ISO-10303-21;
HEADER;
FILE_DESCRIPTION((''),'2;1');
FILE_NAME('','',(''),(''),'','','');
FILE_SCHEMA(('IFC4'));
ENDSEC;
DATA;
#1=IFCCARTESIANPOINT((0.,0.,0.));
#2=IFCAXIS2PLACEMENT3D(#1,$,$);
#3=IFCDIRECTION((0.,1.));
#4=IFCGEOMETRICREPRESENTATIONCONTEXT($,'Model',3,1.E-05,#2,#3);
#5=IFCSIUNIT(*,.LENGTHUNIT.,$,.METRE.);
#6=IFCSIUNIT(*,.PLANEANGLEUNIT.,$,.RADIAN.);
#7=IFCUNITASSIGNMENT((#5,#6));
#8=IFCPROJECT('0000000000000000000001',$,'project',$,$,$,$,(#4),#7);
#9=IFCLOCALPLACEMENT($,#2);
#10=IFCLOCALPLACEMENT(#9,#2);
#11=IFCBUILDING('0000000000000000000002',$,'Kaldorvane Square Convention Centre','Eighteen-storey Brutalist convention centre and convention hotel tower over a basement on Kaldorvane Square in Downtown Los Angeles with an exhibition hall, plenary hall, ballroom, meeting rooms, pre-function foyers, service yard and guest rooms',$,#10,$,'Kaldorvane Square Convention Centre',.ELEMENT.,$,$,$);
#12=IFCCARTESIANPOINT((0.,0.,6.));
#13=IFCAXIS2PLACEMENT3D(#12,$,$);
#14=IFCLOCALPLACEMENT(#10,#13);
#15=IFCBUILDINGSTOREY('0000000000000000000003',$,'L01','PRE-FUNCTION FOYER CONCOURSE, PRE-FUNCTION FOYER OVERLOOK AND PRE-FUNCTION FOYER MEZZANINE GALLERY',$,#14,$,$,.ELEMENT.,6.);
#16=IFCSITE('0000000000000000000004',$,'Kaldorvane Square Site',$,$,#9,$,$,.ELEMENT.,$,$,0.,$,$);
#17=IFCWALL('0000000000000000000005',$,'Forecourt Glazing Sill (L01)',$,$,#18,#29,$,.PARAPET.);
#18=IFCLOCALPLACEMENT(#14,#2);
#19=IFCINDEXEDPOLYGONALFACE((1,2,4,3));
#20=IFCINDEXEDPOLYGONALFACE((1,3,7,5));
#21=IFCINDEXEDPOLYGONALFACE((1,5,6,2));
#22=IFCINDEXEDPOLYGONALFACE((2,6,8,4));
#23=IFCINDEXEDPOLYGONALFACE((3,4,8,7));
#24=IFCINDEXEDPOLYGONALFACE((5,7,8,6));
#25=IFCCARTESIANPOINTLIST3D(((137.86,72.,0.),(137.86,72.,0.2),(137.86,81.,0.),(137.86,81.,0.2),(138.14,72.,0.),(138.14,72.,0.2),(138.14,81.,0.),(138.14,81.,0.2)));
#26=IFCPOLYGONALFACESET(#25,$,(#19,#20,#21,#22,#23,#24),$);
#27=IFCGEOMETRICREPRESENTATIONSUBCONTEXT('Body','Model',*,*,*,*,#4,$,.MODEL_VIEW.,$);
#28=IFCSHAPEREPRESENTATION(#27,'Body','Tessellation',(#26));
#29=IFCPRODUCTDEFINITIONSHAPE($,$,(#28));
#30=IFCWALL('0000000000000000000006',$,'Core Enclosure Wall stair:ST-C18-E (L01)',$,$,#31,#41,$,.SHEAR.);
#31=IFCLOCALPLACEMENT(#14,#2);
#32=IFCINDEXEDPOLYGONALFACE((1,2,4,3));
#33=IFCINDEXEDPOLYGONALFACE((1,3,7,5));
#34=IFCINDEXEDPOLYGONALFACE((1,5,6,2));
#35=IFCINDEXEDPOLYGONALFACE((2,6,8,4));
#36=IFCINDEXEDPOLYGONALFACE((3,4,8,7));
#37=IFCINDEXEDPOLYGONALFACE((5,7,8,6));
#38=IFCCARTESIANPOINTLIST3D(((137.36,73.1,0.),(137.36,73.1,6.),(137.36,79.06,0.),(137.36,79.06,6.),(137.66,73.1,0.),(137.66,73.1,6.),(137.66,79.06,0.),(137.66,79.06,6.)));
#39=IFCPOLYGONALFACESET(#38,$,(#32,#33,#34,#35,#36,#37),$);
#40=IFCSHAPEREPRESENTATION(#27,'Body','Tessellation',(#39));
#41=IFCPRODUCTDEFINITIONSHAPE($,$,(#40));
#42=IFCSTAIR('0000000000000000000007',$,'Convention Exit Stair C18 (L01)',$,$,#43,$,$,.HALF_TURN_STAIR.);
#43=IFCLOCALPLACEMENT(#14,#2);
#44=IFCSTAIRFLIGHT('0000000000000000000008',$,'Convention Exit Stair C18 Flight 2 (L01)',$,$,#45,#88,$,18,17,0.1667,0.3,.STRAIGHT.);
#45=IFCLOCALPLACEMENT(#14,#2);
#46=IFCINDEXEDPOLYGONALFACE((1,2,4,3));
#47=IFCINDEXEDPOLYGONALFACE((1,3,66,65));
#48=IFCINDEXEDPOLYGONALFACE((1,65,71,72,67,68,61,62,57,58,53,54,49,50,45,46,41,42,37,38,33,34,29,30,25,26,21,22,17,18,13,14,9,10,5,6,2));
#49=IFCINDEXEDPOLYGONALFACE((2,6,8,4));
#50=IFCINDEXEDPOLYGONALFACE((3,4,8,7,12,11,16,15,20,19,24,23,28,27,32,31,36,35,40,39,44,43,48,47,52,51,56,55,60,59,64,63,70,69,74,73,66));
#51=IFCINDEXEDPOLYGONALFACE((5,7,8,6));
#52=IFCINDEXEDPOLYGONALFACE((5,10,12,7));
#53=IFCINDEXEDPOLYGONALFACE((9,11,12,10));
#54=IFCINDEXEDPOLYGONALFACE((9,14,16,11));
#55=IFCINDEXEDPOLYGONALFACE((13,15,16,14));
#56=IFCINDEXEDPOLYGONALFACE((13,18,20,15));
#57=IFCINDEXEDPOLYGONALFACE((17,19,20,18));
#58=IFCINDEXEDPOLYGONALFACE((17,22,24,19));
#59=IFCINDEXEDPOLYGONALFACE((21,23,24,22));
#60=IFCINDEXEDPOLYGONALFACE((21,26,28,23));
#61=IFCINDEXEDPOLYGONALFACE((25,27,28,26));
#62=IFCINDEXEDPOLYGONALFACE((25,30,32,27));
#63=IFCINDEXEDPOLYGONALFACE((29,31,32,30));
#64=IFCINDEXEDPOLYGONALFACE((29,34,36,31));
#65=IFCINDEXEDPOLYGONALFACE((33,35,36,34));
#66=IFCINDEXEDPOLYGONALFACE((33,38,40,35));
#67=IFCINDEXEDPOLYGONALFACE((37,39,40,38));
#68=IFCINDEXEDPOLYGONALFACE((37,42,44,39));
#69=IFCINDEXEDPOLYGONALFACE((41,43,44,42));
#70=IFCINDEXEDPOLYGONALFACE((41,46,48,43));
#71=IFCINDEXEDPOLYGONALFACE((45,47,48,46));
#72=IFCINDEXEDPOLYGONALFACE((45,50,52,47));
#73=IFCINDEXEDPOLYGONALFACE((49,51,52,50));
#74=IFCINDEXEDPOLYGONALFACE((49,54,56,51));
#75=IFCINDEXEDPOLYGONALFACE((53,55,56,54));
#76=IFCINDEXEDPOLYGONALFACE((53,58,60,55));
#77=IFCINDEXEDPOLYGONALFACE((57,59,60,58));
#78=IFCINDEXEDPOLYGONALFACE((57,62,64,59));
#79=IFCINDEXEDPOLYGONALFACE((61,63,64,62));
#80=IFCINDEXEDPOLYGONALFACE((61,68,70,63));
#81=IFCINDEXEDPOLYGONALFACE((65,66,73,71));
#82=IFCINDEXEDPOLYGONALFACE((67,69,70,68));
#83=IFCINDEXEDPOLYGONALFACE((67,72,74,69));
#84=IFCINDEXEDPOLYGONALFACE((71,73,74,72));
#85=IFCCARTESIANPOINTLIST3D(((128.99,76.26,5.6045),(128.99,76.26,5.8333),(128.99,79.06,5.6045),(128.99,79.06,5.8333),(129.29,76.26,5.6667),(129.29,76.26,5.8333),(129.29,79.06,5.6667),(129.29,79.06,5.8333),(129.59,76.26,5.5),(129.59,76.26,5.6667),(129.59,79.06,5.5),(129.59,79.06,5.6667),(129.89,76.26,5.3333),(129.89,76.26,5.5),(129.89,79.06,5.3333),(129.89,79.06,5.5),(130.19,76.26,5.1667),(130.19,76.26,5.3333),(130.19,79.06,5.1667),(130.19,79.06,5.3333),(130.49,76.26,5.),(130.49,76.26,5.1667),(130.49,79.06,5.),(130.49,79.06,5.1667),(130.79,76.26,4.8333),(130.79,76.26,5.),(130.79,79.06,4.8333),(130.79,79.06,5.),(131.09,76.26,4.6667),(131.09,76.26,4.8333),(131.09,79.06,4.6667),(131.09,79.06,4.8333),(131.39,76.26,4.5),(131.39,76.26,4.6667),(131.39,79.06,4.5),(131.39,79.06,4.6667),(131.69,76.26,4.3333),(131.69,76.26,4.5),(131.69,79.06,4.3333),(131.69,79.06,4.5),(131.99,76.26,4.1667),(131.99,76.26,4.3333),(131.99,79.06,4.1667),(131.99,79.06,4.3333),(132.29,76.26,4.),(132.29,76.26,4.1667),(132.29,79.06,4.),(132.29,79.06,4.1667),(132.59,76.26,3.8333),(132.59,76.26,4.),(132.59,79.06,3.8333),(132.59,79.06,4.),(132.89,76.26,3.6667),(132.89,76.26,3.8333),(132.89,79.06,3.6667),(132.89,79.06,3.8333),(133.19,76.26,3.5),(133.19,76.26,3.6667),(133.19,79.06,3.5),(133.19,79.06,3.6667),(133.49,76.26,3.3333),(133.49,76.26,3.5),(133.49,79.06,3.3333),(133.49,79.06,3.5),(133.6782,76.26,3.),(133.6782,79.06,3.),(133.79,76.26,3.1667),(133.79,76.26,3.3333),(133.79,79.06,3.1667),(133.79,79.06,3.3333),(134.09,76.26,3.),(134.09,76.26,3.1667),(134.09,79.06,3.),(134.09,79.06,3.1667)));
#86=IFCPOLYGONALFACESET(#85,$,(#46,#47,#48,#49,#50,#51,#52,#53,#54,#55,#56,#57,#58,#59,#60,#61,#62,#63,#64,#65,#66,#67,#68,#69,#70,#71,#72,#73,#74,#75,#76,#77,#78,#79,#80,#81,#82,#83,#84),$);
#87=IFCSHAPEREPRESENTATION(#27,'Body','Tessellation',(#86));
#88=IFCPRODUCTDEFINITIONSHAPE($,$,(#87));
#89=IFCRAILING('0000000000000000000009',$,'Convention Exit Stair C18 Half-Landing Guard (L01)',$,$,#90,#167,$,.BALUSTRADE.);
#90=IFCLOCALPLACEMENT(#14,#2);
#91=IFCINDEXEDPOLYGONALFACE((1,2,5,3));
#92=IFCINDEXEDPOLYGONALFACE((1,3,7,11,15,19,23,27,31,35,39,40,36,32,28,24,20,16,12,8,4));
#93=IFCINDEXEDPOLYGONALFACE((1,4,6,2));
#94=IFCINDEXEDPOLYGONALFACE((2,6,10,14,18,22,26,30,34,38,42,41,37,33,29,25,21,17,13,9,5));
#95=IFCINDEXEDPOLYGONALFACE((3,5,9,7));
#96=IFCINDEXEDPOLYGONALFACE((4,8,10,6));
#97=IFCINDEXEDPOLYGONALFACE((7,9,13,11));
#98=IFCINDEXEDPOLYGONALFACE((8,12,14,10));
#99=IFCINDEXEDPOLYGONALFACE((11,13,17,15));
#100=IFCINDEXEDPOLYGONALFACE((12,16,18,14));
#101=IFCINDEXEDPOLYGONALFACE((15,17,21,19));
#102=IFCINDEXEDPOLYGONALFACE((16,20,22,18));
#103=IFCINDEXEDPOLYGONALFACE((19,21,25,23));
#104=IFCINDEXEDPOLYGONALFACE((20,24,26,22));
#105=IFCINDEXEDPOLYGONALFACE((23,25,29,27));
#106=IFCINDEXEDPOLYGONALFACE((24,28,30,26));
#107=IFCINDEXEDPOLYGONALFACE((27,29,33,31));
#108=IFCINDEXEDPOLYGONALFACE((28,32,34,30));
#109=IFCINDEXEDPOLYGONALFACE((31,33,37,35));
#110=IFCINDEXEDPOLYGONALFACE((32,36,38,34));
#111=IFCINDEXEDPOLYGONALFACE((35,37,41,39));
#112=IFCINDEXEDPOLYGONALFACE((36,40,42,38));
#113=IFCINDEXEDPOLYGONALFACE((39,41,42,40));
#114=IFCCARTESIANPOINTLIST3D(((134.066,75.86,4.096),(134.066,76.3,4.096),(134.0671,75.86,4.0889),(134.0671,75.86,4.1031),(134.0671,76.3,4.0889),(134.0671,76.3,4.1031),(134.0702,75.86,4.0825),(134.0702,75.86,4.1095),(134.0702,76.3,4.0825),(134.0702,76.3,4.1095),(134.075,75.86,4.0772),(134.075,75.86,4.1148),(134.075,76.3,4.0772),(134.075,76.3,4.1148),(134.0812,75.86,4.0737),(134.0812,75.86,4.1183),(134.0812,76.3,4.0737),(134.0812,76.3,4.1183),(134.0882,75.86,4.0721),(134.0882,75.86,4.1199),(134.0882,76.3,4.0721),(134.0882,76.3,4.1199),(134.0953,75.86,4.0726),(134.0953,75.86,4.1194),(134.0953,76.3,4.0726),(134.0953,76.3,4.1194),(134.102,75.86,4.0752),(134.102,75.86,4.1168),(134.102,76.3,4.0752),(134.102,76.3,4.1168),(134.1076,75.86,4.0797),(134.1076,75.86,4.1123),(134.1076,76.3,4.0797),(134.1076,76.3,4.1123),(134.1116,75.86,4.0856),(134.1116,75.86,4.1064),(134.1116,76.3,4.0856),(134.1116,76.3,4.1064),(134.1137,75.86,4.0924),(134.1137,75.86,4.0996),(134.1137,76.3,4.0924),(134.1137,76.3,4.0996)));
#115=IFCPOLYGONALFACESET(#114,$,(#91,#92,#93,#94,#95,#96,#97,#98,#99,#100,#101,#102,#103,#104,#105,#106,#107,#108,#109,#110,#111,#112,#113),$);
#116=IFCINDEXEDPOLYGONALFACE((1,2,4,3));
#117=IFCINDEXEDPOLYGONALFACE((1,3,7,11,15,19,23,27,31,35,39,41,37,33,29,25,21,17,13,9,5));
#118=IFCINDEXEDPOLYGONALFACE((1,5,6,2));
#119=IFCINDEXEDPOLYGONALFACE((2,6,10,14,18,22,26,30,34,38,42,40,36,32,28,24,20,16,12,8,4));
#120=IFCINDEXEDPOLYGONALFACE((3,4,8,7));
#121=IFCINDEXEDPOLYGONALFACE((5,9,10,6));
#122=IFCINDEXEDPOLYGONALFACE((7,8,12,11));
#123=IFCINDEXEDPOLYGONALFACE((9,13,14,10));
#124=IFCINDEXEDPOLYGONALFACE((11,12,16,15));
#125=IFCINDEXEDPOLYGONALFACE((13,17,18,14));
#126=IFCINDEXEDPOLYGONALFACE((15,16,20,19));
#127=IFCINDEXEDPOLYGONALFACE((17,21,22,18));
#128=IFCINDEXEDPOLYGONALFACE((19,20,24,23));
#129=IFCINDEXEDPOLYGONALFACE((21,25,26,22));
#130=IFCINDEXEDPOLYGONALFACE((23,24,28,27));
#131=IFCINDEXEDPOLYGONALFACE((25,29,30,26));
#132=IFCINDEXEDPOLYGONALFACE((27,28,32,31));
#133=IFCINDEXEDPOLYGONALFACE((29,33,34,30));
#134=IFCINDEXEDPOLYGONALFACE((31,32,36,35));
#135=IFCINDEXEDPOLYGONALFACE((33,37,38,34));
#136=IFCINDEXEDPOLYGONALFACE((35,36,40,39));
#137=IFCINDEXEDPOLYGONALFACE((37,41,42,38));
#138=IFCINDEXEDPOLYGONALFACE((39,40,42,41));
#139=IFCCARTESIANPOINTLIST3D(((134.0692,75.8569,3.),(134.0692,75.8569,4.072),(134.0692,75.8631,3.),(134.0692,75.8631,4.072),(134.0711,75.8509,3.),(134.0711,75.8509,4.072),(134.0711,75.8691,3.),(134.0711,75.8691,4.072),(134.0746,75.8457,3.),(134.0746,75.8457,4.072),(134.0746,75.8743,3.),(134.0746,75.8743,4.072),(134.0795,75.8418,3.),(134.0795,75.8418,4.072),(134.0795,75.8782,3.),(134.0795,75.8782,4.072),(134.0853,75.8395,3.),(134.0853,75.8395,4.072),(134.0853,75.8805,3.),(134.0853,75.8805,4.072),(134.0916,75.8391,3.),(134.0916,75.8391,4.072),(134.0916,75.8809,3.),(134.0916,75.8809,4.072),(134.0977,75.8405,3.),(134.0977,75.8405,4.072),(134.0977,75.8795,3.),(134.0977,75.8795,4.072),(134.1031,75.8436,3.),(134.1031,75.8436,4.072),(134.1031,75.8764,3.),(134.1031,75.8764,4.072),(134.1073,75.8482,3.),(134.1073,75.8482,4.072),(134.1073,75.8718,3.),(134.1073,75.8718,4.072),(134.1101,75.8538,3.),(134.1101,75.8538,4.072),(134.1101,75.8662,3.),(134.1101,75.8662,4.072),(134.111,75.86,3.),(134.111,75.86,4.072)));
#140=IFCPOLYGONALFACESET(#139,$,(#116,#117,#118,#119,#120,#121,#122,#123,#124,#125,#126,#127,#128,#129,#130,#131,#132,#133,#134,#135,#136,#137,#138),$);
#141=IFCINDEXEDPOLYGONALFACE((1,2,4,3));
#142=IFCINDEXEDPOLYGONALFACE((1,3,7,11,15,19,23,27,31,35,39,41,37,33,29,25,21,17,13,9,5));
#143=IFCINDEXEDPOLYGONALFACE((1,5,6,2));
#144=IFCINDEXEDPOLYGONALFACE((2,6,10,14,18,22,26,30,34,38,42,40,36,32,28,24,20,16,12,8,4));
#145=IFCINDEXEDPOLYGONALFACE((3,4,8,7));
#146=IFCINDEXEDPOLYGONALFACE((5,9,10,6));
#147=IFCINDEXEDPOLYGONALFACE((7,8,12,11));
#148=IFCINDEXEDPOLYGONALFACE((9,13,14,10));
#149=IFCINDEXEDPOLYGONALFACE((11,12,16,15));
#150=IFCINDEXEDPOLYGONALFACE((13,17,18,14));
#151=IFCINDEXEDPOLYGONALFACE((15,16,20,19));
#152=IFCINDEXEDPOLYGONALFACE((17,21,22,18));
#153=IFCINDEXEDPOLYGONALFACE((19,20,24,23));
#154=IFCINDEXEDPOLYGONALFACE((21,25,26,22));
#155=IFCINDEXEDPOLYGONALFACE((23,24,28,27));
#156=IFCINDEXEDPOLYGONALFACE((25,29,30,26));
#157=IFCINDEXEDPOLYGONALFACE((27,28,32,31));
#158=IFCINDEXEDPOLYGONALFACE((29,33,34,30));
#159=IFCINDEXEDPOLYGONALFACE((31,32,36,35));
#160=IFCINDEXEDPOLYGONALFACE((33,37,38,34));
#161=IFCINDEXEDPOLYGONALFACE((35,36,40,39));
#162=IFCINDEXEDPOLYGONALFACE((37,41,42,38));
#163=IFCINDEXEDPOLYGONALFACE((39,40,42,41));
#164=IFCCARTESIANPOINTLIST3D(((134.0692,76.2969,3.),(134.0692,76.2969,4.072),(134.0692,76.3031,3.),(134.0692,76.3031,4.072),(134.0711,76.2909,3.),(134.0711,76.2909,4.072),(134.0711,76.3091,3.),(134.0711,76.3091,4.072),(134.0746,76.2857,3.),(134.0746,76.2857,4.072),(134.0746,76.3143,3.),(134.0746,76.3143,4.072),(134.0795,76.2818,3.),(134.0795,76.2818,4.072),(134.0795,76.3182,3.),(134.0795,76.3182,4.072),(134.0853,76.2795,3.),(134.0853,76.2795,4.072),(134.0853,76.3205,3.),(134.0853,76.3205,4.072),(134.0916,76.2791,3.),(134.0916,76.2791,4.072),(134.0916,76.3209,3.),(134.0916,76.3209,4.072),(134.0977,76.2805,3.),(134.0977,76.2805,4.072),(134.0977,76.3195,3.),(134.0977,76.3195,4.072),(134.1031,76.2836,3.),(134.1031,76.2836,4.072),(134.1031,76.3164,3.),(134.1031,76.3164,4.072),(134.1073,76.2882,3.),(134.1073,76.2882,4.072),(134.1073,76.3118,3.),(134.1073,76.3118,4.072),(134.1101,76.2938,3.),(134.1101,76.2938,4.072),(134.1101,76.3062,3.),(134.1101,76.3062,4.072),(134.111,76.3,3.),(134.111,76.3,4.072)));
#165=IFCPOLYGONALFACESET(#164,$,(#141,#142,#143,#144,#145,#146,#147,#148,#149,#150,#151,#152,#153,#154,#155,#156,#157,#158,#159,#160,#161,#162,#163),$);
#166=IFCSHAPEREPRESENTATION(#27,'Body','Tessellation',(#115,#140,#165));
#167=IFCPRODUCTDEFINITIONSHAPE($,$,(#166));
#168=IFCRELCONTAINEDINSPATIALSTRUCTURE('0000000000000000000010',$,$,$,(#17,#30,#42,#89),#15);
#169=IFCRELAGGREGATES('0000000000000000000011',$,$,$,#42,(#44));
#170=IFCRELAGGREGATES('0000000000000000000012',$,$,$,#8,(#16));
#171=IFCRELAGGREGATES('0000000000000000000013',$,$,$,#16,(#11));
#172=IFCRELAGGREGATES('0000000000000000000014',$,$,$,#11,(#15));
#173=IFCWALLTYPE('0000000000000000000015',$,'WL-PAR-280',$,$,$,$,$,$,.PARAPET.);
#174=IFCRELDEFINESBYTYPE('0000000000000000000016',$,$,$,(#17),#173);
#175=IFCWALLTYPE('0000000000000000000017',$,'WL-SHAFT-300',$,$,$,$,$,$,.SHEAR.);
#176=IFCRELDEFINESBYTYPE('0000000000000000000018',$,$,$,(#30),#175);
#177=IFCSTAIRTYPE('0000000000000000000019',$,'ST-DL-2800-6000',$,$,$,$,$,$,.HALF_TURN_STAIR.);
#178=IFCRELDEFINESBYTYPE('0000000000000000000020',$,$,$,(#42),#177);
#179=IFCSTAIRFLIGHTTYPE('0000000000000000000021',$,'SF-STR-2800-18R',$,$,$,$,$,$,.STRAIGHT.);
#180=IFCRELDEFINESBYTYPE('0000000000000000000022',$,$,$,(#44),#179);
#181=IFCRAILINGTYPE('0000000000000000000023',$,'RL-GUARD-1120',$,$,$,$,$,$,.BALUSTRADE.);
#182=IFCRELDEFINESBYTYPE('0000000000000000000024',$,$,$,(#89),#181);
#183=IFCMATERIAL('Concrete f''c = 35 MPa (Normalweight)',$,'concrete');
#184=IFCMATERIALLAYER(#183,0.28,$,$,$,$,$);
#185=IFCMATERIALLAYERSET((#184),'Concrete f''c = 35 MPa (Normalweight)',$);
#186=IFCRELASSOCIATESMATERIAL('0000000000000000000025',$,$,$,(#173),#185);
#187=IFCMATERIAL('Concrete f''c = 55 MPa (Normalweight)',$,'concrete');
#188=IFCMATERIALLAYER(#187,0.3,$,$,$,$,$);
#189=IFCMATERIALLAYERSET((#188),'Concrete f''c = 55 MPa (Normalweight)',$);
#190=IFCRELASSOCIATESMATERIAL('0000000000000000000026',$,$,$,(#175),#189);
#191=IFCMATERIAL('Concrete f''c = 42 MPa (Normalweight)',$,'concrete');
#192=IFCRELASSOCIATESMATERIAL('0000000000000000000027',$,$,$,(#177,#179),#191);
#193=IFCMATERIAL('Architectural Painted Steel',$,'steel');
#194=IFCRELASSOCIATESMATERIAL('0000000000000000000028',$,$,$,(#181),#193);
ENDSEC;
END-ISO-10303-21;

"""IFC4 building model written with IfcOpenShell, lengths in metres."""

from ifc_helpers import new_model, si_unit, direction, frame, frame_2d, origin, origin_2d, place, context, subcontext, project, spatial, polyline, rectangle, circle, outline, extrude, material, layer, layer_set, type_object, element, aggregate, save


model = new_model("IFC4")

# Units and contexts
model_context = context("Model", 3, precision=1e-05, world=origin(), true_north=direction((0.0, 1.0)))
body_context = subcontext(model_context, "Body", "Model", "MODEL_VIEW")
ifc_project = project(units=[si_unit("LENGTHUNIT", "METRE"), si_unit("PLANEANGLEUNIT", "RADIAN")], contexts=[model_context])

# Site, building, storey
site_placement = place(None, origin())
site = spatial("IfcSite", under=ifc_project, at=site_placement, Name="Kaldorvane Square Site", CompositionType="ELEMENT", RefElevation=0.0)
building_placement = place(site_placement, origin())
building = spatial("IfcBuilding", under=site, at=building_placement, Name="Kaldorvane Square Convention Centre", Description="Eighteen-storey Brutalist convention centre and convention hotel tower over a basement on Kaldorvane Square in Downtown Los Angeles with an exhibition hall, plenary hall, ballroom, meeting rooms, pre-function foyers, service yard and guest rooms", LongName="Kaldorvane Square Convention Centre", CompositionType="ELEMENT")
storey_placement = place(building_placement, frame((0.0, 0.0, 6.0)))
storey = spatial("IfcBuildingStorey", under=building, at=storey_placement, Name="L01", Description="PRE-FUNCTION FOYER CONCOURSE, PRE-FUNCTION FOYER OVERLOOK AND PRE-FUNCTION FOYER MEZZANINE GALLERY", CompositionType="ELEMENT", Elevation=6.0)

# Walls
ifc_material_1 = material(Name="Concrete f'c = 35 MPa (Normalweight)", Category="concrete")
ifc_layer_1 = layer(ifc_material_1, 0.28)
ifc_layer_set_1 = layer_set([ifc_layer_1], Name="Concrete f'c = 35 MPa (Normalweight)")
wall_type_1 = type_object("IfcWallType", Name="WL-PAR-280", PredefinedType="PARAPET", material=ifc_layer_set_1)
wall_1_placement = place(storey_placement, frame((138.0, 72.0, 0.0), z_axis=(0.0, 0.0, 1.0), x_axis=(0.0, 1.0, 0.0)))
element("IfcWall", 1, at=wall_1_placement, inside=storey, type_object=wall_type_1, Name="Forecourt Glazing Sill (L01)", PredefinedType="PARAPET", context=body_context, shape_type="SweptSolid", body=[
    extrude(rectangle(XDim=9.0, YDim=0.28, at=frame_2d((4.5, 0.0))), origin(), (0.0, 0.0, 1.0), 0.2),
])
ifc_material_2 = material(Name="Concrete f'c = 55 MPa (Normalweight)", Category="concrete")
ifc_layer_2 = layer(ifc_material_2, 0.3)
ifc_layer_set_2 = layer_set([ifc_layer_2], Name="Concrete f'c = 55 MPa (Normalweight)")
wall_type_2 = type_object("IfcWallType", Name="WL-SHAFT-300", PredefinedType="SHEAR", material=ifc_layer_set_2)
wall_2_placement = place(storey_placement, frame((137.51, 73.1, 0.0), z_axis=(0.0, 0.0, 1.0), x_axis=(0.0, 1.0, 0.0)))
element("IfcWall", 2, at=wall_2_placement, inside=storey, type_object=wall_type_2, Name="Core Enclosure Wall stair:ST-C18-E (L01)", PredefinedType="SHEAR", context=body_context, shape_type="SweptSolid", body=[
    extrude(rectangle(XDim=5.96, YDim=0.3, at=frame_2d((2.98, 0.0))), origin(), (0.0, 0.0, 1.0), 6.0),
])

# Stair, stair flight
ifc_material_3 = material(Name="Concrete f'c = 42 MPa (Normalweight)", Category="concrete")
stair_type = type_object("IfcStairType", Name="ST-DL-2800-6000", PredefinedType="HALF_TURN_STAIR", material=ifc_material_3)
stair_placement = place(storey_placement, origin())
stair = element("IfcStair", 3, at=stair_placement, inside=storey, type_object=stair_type, Name="Convention Exit Stair C18 (L01)", PredefinedType="HALF_TURN_STAIR")
stair_flight_type = type_object("IfcStairFlightType", Name="SF-STR-2800-18R", PredefinedType="STRAIGHT", material=ifc_material_3)
stair_flight_placement = place(storey_placement, frame((134.09, 77.66, 3.0), z_axis=(0.0, 0.0, 1.0), x_axis=(-1.0, 0.0, 0.0)))
stair_flight = element("IfcStairFlight", 4, at=stair_flight_placement, type_object=stair_flight_type, Name="Convention Exit Stair C18 Flight 2 (L01)", NumberOfRisers=18, NumberOfTreads=17, PredefinedType="STRAIGHT", RiserHeight=0.1667, TreadLength=0.3, context=body_context, shape_type="SweptSolid", body=[
    extrude(outline(polyline([(0.0, 0.0), (0.0, 0.1667), (0.3, 0.1667), (0.3, 0.3333), (0.6, 0.3333), (0.6, 0.5), (0.9, 0.5), (0.9, 0.6667), (1.2, 0.6667), (1.2, 0.8333), (1.5, 0.8333), (1.5, 1.0), (1.8, 1.0), (1.8, 1.1667), (2.1, 1.1667), (2.1, 1.3333), (2.4, 1.3333), (2.4, 1.5), (2.7, 1.5), (2.7, 1.6667), (3.0, 1.6667), (3.0, 1.8333), (3.3, 1.8333), (3.3, 2.0), (3.6, 2.0), (3.6, 2.1667), (3.9, 2.1667), (3.9, 2.3333), (4.2, 2.3333), (4.2, 2.5), (4.5, 2.5), (4.5, 2.6667), (4.8, 2.6667), (4.8, 2.8333), (5.1, 2.8333), (5.1, 3.0), (5.1, 2.6045), (0.4118, 0.0), (0.0, 0.0)])), frame((0.0, 1.4, 0.0), z_axis=(0.0, -1.0, 0.0), x_axis=(1.0, 0.0, 0.0)), (0.0, 0.0, 1.0), 2.8),
])
aggregate(stair, [stair_flight])

# Railing
ifc_material_4 = material(Name="Architectural Painted Steel", Category="steel")
railing_type = type_object("IfcRailingType", Name="RL-GUARD-1120", PredefinedType="BALUSTRADE", material=ifc_material_4)
railing_1_placement = place(storey_placement, frame((134.09, 75.86, 3.0)))
element("IfcRailing", 5, at=railing_1_placement, inside=storey, type_object=railing_type, Name="Convention Exit Stair C18 Half-Landing Guard (L01)", PredefinedType="BALUSTRADE", context=body_context, shape_type="SweptSolid", body=[
    extrude(circle(Radius=0.024, at=origin_2d()), frame((0.0, 0.0, 1.096), z_axis=(0.0, 1.0, 0.0), x_axis=(-1.0, 0.0, 0.0)), (0.0, 0.0, 1.0), 0.44),
    extrude(circle(Radius=0.021, at=origin_2d()), origin(), (0.0, 0.0, 1.0), 1.072),
    extrude(circle(Radius=0.021, at=origin_2d()), frame((0.0, 0.44, 0.0)), (0.0, 0.0, 1.0), 1.072),
])

save(model, "model.ifc")
